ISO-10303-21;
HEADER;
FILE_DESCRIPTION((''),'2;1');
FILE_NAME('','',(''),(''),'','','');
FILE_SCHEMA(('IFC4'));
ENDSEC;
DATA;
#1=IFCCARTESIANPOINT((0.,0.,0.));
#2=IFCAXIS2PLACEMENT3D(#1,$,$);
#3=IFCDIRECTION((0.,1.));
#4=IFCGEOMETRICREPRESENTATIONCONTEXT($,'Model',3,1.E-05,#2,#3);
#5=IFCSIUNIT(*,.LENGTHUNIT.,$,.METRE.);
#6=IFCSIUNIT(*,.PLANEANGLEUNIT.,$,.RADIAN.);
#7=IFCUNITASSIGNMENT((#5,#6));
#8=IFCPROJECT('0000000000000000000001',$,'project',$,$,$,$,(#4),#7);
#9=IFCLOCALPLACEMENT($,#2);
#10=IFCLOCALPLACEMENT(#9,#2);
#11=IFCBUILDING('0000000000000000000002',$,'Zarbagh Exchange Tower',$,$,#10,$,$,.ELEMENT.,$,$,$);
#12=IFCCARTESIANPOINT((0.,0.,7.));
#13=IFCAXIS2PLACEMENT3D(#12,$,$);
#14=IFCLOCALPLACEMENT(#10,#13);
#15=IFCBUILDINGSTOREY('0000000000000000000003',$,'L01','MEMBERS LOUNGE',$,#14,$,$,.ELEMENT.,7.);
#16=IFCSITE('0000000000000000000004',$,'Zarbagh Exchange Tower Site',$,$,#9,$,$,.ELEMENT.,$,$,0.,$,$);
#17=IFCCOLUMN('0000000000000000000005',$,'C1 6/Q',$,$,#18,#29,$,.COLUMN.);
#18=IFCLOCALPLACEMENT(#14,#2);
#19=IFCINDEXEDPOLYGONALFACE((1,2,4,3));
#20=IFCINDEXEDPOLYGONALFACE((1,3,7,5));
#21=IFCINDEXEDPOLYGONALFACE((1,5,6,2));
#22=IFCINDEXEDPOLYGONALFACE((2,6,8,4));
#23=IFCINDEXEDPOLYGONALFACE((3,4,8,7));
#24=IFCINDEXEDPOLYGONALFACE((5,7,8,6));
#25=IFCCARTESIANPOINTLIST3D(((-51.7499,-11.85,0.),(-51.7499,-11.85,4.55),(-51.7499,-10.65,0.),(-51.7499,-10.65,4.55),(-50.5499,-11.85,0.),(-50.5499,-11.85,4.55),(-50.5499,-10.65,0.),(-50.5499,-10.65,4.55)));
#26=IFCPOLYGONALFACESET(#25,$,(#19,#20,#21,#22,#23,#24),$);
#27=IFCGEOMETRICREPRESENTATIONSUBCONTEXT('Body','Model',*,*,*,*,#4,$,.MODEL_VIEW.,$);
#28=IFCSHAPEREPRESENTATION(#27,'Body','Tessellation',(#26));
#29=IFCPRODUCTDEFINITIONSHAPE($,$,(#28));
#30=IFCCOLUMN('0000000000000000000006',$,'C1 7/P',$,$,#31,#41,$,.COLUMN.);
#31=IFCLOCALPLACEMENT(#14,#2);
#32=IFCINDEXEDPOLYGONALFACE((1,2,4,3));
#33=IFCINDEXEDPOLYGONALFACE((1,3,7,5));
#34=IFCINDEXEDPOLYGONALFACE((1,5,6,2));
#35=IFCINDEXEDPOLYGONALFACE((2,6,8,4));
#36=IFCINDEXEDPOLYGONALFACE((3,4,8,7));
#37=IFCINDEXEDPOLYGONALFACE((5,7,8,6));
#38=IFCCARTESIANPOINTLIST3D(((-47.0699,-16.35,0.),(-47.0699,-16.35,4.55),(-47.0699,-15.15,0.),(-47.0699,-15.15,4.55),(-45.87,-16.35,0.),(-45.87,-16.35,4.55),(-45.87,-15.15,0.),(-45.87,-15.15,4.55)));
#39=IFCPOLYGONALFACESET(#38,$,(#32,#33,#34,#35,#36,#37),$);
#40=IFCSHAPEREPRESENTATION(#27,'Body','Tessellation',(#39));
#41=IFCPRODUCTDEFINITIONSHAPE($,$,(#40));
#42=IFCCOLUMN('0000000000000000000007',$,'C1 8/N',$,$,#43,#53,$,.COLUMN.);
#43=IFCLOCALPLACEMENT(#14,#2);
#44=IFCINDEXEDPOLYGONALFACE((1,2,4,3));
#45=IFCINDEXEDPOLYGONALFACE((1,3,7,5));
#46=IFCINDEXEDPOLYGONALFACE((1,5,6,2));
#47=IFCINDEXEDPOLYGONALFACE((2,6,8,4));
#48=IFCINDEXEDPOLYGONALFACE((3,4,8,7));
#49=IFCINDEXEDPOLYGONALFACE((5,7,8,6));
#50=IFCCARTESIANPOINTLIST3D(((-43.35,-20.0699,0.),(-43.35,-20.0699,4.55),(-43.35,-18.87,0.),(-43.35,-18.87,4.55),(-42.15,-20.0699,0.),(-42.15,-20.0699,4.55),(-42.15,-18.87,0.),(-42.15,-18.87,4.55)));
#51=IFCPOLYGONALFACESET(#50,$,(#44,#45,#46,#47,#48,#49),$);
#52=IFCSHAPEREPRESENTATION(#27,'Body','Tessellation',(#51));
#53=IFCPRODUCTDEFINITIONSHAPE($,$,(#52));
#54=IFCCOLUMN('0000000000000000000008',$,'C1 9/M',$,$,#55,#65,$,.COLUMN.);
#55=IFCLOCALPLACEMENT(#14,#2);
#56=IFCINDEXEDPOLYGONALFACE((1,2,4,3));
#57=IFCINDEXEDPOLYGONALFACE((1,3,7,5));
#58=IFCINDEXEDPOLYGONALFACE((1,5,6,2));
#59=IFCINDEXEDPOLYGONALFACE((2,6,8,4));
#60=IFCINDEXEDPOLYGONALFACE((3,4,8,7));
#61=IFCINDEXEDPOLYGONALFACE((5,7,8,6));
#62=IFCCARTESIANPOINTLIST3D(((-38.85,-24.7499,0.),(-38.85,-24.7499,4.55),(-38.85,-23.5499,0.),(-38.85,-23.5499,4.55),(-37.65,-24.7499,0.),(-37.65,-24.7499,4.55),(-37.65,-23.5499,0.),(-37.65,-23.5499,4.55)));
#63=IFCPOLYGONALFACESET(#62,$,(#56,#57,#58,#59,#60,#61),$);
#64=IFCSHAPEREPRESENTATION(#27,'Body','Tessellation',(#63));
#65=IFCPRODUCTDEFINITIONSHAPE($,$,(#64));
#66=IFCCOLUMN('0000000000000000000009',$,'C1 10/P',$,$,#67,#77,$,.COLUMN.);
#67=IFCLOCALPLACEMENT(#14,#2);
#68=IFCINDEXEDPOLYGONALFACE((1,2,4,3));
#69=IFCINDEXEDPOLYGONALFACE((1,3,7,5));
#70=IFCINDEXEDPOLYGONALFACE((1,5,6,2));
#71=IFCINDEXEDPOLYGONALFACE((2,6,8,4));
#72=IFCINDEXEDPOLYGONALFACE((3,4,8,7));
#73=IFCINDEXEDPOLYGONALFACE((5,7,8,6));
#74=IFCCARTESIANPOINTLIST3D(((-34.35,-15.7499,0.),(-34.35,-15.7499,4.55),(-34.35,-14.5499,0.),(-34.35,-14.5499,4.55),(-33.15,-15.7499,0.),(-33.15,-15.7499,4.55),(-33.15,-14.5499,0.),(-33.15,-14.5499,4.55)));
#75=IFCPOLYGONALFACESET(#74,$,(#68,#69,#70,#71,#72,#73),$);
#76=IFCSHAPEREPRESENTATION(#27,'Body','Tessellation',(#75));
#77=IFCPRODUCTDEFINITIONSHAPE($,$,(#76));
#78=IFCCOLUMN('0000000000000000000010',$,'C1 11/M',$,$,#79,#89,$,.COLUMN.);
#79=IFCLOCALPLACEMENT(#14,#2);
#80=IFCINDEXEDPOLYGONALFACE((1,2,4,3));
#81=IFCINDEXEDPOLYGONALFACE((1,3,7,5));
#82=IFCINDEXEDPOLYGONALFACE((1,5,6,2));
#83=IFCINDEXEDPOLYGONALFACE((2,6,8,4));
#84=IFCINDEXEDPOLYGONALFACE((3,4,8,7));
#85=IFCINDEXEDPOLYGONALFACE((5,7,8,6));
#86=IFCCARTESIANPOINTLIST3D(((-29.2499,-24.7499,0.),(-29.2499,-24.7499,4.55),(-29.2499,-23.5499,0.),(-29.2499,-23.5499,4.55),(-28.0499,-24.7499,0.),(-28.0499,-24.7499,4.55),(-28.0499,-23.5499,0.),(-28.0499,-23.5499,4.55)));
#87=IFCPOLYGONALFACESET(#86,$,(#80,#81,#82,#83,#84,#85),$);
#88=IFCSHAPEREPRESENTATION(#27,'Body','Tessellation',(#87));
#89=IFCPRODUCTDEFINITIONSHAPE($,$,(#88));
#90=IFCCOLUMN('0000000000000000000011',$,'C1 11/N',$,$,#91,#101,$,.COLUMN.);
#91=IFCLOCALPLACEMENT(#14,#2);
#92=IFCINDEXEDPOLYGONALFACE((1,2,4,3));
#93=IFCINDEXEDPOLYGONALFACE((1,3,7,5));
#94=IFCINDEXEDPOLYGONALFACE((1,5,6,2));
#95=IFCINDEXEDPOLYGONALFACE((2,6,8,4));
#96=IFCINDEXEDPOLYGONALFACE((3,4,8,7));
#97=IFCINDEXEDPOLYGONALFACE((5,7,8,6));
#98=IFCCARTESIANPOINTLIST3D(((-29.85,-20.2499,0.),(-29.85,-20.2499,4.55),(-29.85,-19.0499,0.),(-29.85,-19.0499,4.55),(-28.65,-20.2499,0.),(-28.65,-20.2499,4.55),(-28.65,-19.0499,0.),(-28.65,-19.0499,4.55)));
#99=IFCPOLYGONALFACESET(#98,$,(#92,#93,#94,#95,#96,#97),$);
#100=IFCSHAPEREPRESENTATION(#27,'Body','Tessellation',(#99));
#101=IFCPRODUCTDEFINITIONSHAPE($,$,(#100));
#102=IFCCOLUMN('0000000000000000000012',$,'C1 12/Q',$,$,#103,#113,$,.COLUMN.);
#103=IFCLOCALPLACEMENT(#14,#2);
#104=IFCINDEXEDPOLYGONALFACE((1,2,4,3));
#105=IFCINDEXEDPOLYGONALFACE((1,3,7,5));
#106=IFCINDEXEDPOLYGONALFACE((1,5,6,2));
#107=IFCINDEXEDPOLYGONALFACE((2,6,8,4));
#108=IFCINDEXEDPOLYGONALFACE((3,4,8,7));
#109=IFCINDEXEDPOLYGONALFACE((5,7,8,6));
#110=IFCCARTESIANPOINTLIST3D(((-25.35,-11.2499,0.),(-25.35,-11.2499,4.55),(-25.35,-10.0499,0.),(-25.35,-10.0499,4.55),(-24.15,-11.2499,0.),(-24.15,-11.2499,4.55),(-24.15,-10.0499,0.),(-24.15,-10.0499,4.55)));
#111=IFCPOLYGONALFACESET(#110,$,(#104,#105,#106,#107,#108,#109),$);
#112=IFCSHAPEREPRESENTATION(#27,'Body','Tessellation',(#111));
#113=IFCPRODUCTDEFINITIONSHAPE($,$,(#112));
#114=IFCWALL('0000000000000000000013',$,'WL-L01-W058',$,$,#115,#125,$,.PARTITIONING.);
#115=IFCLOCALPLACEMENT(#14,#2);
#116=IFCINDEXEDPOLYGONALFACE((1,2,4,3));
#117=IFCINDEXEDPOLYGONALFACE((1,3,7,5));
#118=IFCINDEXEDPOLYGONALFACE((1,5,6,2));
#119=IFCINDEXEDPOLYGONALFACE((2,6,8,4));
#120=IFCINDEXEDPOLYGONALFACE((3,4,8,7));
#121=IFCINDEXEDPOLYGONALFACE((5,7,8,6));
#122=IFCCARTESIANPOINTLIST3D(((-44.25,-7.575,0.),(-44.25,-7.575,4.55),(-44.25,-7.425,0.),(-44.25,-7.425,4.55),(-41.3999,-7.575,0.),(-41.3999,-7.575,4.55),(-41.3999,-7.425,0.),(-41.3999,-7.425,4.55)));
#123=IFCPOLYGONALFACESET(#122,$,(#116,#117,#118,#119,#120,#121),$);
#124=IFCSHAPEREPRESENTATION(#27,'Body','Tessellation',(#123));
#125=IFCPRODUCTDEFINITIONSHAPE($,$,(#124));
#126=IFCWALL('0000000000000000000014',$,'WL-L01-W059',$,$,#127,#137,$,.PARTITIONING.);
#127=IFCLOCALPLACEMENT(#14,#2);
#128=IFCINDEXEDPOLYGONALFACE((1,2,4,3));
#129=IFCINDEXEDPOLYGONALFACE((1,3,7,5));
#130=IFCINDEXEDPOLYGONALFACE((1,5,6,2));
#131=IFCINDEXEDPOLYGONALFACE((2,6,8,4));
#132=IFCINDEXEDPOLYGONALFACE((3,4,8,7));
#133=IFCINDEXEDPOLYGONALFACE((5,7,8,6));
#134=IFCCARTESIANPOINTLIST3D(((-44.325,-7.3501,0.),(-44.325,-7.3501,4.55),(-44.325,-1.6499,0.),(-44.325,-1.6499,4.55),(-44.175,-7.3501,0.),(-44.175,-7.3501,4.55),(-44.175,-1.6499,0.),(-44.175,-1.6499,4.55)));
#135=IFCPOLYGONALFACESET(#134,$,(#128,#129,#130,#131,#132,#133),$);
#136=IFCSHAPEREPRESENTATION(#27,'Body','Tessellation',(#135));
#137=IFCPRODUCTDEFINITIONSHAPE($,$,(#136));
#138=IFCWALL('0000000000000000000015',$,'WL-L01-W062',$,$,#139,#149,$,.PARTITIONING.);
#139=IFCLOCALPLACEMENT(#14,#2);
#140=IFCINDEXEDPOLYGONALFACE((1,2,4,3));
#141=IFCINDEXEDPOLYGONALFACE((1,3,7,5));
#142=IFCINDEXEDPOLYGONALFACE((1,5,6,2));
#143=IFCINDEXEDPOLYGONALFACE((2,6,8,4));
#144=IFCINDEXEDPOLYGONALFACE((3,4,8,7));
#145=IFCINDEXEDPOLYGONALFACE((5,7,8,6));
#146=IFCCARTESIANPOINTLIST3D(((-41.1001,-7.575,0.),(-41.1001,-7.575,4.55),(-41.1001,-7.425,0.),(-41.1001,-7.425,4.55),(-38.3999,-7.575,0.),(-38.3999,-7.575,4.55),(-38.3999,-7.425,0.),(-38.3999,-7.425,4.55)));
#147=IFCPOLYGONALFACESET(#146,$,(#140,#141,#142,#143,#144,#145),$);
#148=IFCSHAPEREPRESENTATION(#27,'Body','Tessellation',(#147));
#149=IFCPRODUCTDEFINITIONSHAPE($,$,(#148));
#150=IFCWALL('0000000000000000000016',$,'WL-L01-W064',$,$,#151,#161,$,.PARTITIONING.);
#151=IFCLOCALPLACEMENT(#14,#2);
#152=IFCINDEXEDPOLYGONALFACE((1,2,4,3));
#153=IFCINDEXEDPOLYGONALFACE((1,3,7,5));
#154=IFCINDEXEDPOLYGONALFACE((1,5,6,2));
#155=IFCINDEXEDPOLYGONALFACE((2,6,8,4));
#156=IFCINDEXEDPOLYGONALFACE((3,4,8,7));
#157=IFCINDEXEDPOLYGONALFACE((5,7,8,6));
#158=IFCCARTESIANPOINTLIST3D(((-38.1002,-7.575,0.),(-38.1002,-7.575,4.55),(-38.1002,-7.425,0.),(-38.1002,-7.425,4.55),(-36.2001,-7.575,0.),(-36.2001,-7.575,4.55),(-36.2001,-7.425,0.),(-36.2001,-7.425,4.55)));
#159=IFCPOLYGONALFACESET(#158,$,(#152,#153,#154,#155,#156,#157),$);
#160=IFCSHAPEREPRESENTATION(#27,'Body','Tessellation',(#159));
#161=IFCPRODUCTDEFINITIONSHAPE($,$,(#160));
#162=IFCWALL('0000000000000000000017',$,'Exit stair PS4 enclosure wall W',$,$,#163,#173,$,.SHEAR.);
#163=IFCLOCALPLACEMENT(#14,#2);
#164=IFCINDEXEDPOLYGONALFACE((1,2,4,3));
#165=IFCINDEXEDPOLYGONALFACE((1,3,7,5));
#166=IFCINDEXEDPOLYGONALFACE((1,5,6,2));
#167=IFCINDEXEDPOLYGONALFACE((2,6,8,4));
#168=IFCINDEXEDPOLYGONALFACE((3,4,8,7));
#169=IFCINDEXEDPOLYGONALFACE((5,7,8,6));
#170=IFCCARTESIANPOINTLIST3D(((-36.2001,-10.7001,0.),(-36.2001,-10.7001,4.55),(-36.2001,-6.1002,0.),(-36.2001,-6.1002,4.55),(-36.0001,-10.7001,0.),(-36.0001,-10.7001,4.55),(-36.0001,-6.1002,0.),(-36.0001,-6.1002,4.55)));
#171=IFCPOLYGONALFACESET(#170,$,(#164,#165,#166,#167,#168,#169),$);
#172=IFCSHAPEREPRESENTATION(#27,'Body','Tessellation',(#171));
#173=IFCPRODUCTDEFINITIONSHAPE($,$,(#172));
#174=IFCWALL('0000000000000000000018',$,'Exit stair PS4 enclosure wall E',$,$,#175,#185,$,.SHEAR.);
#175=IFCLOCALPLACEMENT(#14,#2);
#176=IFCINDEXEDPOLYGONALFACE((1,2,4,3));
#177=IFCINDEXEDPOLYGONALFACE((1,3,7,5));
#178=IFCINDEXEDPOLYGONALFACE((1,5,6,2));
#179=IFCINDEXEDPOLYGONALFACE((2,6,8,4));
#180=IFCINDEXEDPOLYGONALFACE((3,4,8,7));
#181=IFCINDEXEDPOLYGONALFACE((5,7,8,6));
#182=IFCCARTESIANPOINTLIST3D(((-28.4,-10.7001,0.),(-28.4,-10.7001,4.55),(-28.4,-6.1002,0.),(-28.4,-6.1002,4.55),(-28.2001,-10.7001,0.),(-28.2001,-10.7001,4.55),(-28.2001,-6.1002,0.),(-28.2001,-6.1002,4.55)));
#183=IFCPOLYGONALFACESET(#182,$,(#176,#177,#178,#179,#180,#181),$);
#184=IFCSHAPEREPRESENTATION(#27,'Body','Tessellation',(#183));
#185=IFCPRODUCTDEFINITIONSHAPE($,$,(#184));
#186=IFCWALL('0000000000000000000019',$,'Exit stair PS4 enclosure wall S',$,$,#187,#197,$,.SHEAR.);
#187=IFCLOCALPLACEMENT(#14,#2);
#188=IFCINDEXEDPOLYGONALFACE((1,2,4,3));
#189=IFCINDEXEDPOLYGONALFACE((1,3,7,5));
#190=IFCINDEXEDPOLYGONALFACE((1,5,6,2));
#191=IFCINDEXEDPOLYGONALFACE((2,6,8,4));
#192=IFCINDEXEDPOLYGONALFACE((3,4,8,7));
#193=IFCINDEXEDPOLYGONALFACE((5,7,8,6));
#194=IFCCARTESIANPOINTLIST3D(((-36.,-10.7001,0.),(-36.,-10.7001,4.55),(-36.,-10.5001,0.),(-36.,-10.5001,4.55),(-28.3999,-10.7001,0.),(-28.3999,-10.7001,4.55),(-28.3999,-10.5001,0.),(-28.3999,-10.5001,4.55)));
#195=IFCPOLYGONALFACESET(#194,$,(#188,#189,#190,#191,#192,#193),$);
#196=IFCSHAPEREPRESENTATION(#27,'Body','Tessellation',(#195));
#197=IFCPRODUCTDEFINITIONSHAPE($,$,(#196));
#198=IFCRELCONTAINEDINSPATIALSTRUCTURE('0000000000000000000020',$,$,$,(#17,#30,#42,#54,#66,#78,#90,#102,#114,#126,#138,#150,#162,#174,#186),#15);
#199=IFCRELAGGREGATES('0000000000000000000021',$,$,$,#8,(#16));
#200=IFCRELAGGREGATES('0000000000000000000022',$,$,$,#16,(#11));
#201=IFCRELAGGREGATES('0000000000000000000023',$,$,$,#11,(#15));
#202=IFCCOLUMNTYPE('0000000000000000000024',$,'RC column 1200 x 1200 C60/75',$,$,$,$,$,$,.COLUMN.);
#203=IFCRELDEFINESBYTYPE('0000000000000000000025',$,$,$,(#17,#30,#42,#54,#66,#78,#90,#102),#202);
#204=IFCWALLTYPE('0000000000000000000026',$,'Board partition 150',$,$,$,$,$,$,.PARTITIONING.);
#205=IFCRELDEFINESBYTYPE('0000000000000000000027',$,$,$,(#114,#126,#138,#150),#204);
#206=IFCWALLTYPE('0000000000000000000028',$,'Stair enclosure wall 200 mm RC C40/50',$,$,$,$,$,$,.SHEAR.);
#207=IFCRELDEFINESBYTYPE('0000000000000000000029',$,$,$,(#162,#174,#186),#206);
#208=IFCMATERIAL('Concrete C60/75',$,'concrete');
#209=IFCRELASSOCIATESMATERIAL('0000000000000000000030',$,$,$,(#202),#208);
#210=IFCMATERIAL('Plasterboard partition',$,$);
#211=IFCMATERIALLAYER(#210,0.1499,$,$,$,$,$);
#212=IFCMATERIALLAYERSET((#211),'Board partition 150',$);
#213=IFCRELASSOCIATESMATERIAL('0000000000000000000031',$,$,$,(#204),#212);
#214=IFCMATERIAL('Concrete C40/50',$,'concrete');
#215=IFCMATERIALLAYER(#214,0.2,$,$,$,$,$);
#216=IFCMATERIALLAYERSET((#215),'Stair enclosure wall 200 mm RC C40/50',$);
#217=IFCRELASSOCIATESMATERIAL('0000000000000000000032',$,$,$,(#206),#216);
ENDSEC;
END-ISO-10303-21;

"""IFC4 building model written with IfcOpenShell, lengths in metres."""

from ifc_helpers import new_model, si_unit, direction, frame, frame_2d, origin, origin_2d, place, context, subcontext, project, spatial, rectangle, extrude, material, layer, layer_set, material_profile, profile_set, type_object, element, save


model = new_model("IFC4")

# Units and contexts
model_context = context("Model", 3, precision=1e-05, world=origin(), true_north=direction((0.0, 1.0)))
body_context = subcontext(model_context, "Body", "Model", "MODEL_VIEW")
ifc_project = project(units=[si_unit("LENGTHUNIT", "METRE"), si_unit("PLANEANGLEUNIT", "RADIAN")], contexts=[model_context])

# Site, building, storey
site_placement = place(None, origin())
site = spatial("IfcSite", under=ifc_project, at=site_placement, Name="Zarbagh Exchange Tower Site", CompositionType="ELEMENT", RefElevation=0.0)
building_placement = place(site_placement, origin())
building = spatial("IfcBuilding", under=site, at=building_placement, Name="Zarbagh Exchange Tower", CompositionType="ELEMENT")
storey_placement = place(building_placement, frame((0.0, 0.0, 7.0)))
storey = spatial("IfcBuildingStorey", under=building, at=storey_placement, Name="L01", Description="MEMBERS LOUNGE", CompositionType="ELEMENT", Elevation=7.0)

# Columns
ifc_material_1 = material(Name="Concrete C60/75", Category="concrete")
ifc_material_profile = material_profile(ifc_material_1, rectangle(XDim=1.2, YDim=1.2, at=origin_2d()), Name="RC column 1200 x 1200 C60/75")
ifc_profile_set = profile_set([ifc_material_profile], Name="Concrete C60/75")
column_type = type_object("IfcColumnType", Name="RC column 1200 x 1200 C60/75", PredefinedType="COLUMN", material=ifc_profile_set)
for number, where, z_axis, x_axis, name in (
    (1, (-51.1499, -11.25, 0.0), (0.0, 0.0, 1.0), (1.0, 0.0, 0.0), "C1 6/Q"),
    (2, (-46.47, -15.75, 0.0), (0.0, 0.0, 1.0), (1.0, 0.0, 0.0), "C1 7/P"),
    (3, (-42.75, -19.47, 0.0), (0.0, 0.0, 1.0), (1.0, 0.0, 0.0), "C1 8/N"),
    (4, (-38.25, -24.1499, 0.0), (0.0, 0.0, 1.0), (1.0, 0.0, 0.0), "C1 9/M"),
    (5, (-33.75, -15.1499, 0.0), (0.0, 0.0, 1.0), (1.0, 0.0, 0.0), "C1 10/P"),
    (6, (-28.6499, -24.1499, 0.0), (0.0, 0.0, 1.0), (1.0, 0.0, 0.0), "C1 11/M"),
    (7, (-29.25, -19.6499, 0.0), (0.0, 0.0, 1.0), (1.0, 0.0, 0.0), "C1 11/N"),
    (8, (-24.75, -10.6499, 0.0), (0.0, 0.0, 1.0), (1.0, 0.0, 0.0), "C1 12/Q"),
):
    element("IfcColumn", number, at=place(storey_placement, frame(where, z_axis=z_axis, x_axis=x_axis)), inside=storey, type_object=column_type, Name=name, PredefinedType="COLUMN", context=body_context, shape_type="SweptSolid", body=[
        extrude(rectangle(XDim=1.2, YDim=1.2, at=origin_2d()), origin(), (0.0, 0.0, 1.0), 4.55),
    ])

# Walls
ifc_material_2 = material(Name="Plasterboard partition")
ifc_layer_1 = layer(ifc_material_2, 0.1499)
ifc_layer_set_1 = layer_set([ifc_layer_1], Name="Board partition 150")
wall_type_1 = type_object("IfcWallType", Name="Board partition 150", PredefinedType="PARTITIONING", material=ifc_layer_set_1)
wall_1_placement = place(storey_placement, frame((-41.3999, -7.5, 0.0), z_axis=(0.0, 0.0, 1.0), x_axis=(-1.0, 0.0, 0.0)))
element("IfcWall", 9, at=wall_1_placement, inside=storey, type_object=wall_type_1, Name="WL-L01-W058", PredefinedType="PARTITIONING", context=body_context, shape_type="SweptSolid", body=[
    extrude(rectangle(XDim=2.8501, YDim=0.1499, at=frame_2d((1.425, 0.0))), origin(), (0.0, 0.0, 1.0), 4.55),
])
wall_2_placement = place(storey_placement, frame((-44.25, -7.3501, 0.0), z_axis=(0.0, 0.0, 1.0), x_axis=(0.0, 1.0, 0.0)))
element("IfcWall", 10, at=wall_2_placement, inside=storey, type_object=wall_type_1, Name="WL-L01-W059", PredefinedType="PARTITIONING", context=body_context, shape_type="SweptSolid", body=[
    extrude(rectangle(XDim=5.7002, YDim=0.1499, at=frame_2d((2.8501, 0.0))), origin(), (0.0, 0.0, 1.0), 4.55),
])
wall_3_placement = place(storey_placement, frame((-38.3999, -7.5, 0.0), z_axis=(0.0, 0.0, 1.0), x_axis=(-1.0, 0.0, 0.0)))
element("IfcWall", 11, at=wall_3_placement, inside=storey, type_object=wall_type_1, Name="WL-L01-W062", PredefinedType="PARTITIONING", context=body_context, shape_type="SweptSolid", body=[
    extrude(rectangle(XDim=2.7002, YDim=0.1499, at=frame_2d((1.3501, 0.0))), origin(), (0.0, 0.0, 1.0), 4.55),
])
wall_4_placement = place(storey_placement, frame((-36.2, -7.5, 0.0), z_axis=(0.0, 0.0, 1.0), x_axis=(-1.0, 0.0, 0.0)))
element("IfcWall", 12, at=wall_4_placement, inside=storey, type_object=wall_type_1, Name="WL-L01-W064", PredefinedType="PARTITIONING", context=body_context, shape_type="SweptSolid", body=[
    extrude(rectangle(XDim=1.9001, YDim=0.1499, at=frame_2d((0.9502, 0.0))), origin(), (0.0, 0.0, 1.0), 4.55),
])
ifc_material_3 = material(Name="Concrete C40/50", Category="concrete")
ifc_layer_2 = layer(ifc_material_3, 0.2)
ifc_layer_set_2 = layer_set([ifc_layer_2], Name="Stair enclosure wall 200 mm RC C40/50")
wall_type_2 = type_object("IfcWallType", Name="Stair enclosure wall 200 mm RC C40/50", PredefinedType="SHEAR", material=ifc_layer_set_2)
for number, where, z_axis, x_axis, name in (
    (13, (-36.1001, -10.7, 0.0), (0.0, 0.0, 1.0), (0.0, 1.0, 0.0), "Exit stair PS4 enclosure wall W"),
    (14, (-28.3, -10.7, 0.0), (0.0, 0.0, 1.0), (0.0, 1.0, 0.0), "Exit stair PS4 enclosure wall E"),
):
    element("IfcWall", number, at=place(storey_placement, frame(where, z_axis=z_axis, x_axis=x_axis)), inside=storey, type_object=wall_type_2, Name=name, PredefinedType="SHEAR", context=body_context, shape_type="SweptSolid", body=[
        extrude(rectangle(XDim=4.5999, YDim=0.2, at=frame_2d((2.2998, 0.0))), origin(), (0.0, 0.0, 1.0), 4.55),
    ])
wall_5_placement = place(storey_placement, frame((-36.0, -10.6001, 0.0), z_axis=(0.0, 0.0, 1.0), x_axis=(1.0, 0.0, 0.0)))
element("IfcWall", 15, at=wall_5_placement, inside=storey, type_object=wall_type_2, Name="Exit stair PS4 enclosure wall S", PredefinedType="SHEAR", context=body_context, shape_type="SweptSolid", body=[
    extrude(rectangle(XDim=7.6001, YDim=0.2, at=frame_2d((3.8, 0.0))), origin(), (0.0, 0.0, 1.0), 4.55),
])

save(model, "model.ifc")
